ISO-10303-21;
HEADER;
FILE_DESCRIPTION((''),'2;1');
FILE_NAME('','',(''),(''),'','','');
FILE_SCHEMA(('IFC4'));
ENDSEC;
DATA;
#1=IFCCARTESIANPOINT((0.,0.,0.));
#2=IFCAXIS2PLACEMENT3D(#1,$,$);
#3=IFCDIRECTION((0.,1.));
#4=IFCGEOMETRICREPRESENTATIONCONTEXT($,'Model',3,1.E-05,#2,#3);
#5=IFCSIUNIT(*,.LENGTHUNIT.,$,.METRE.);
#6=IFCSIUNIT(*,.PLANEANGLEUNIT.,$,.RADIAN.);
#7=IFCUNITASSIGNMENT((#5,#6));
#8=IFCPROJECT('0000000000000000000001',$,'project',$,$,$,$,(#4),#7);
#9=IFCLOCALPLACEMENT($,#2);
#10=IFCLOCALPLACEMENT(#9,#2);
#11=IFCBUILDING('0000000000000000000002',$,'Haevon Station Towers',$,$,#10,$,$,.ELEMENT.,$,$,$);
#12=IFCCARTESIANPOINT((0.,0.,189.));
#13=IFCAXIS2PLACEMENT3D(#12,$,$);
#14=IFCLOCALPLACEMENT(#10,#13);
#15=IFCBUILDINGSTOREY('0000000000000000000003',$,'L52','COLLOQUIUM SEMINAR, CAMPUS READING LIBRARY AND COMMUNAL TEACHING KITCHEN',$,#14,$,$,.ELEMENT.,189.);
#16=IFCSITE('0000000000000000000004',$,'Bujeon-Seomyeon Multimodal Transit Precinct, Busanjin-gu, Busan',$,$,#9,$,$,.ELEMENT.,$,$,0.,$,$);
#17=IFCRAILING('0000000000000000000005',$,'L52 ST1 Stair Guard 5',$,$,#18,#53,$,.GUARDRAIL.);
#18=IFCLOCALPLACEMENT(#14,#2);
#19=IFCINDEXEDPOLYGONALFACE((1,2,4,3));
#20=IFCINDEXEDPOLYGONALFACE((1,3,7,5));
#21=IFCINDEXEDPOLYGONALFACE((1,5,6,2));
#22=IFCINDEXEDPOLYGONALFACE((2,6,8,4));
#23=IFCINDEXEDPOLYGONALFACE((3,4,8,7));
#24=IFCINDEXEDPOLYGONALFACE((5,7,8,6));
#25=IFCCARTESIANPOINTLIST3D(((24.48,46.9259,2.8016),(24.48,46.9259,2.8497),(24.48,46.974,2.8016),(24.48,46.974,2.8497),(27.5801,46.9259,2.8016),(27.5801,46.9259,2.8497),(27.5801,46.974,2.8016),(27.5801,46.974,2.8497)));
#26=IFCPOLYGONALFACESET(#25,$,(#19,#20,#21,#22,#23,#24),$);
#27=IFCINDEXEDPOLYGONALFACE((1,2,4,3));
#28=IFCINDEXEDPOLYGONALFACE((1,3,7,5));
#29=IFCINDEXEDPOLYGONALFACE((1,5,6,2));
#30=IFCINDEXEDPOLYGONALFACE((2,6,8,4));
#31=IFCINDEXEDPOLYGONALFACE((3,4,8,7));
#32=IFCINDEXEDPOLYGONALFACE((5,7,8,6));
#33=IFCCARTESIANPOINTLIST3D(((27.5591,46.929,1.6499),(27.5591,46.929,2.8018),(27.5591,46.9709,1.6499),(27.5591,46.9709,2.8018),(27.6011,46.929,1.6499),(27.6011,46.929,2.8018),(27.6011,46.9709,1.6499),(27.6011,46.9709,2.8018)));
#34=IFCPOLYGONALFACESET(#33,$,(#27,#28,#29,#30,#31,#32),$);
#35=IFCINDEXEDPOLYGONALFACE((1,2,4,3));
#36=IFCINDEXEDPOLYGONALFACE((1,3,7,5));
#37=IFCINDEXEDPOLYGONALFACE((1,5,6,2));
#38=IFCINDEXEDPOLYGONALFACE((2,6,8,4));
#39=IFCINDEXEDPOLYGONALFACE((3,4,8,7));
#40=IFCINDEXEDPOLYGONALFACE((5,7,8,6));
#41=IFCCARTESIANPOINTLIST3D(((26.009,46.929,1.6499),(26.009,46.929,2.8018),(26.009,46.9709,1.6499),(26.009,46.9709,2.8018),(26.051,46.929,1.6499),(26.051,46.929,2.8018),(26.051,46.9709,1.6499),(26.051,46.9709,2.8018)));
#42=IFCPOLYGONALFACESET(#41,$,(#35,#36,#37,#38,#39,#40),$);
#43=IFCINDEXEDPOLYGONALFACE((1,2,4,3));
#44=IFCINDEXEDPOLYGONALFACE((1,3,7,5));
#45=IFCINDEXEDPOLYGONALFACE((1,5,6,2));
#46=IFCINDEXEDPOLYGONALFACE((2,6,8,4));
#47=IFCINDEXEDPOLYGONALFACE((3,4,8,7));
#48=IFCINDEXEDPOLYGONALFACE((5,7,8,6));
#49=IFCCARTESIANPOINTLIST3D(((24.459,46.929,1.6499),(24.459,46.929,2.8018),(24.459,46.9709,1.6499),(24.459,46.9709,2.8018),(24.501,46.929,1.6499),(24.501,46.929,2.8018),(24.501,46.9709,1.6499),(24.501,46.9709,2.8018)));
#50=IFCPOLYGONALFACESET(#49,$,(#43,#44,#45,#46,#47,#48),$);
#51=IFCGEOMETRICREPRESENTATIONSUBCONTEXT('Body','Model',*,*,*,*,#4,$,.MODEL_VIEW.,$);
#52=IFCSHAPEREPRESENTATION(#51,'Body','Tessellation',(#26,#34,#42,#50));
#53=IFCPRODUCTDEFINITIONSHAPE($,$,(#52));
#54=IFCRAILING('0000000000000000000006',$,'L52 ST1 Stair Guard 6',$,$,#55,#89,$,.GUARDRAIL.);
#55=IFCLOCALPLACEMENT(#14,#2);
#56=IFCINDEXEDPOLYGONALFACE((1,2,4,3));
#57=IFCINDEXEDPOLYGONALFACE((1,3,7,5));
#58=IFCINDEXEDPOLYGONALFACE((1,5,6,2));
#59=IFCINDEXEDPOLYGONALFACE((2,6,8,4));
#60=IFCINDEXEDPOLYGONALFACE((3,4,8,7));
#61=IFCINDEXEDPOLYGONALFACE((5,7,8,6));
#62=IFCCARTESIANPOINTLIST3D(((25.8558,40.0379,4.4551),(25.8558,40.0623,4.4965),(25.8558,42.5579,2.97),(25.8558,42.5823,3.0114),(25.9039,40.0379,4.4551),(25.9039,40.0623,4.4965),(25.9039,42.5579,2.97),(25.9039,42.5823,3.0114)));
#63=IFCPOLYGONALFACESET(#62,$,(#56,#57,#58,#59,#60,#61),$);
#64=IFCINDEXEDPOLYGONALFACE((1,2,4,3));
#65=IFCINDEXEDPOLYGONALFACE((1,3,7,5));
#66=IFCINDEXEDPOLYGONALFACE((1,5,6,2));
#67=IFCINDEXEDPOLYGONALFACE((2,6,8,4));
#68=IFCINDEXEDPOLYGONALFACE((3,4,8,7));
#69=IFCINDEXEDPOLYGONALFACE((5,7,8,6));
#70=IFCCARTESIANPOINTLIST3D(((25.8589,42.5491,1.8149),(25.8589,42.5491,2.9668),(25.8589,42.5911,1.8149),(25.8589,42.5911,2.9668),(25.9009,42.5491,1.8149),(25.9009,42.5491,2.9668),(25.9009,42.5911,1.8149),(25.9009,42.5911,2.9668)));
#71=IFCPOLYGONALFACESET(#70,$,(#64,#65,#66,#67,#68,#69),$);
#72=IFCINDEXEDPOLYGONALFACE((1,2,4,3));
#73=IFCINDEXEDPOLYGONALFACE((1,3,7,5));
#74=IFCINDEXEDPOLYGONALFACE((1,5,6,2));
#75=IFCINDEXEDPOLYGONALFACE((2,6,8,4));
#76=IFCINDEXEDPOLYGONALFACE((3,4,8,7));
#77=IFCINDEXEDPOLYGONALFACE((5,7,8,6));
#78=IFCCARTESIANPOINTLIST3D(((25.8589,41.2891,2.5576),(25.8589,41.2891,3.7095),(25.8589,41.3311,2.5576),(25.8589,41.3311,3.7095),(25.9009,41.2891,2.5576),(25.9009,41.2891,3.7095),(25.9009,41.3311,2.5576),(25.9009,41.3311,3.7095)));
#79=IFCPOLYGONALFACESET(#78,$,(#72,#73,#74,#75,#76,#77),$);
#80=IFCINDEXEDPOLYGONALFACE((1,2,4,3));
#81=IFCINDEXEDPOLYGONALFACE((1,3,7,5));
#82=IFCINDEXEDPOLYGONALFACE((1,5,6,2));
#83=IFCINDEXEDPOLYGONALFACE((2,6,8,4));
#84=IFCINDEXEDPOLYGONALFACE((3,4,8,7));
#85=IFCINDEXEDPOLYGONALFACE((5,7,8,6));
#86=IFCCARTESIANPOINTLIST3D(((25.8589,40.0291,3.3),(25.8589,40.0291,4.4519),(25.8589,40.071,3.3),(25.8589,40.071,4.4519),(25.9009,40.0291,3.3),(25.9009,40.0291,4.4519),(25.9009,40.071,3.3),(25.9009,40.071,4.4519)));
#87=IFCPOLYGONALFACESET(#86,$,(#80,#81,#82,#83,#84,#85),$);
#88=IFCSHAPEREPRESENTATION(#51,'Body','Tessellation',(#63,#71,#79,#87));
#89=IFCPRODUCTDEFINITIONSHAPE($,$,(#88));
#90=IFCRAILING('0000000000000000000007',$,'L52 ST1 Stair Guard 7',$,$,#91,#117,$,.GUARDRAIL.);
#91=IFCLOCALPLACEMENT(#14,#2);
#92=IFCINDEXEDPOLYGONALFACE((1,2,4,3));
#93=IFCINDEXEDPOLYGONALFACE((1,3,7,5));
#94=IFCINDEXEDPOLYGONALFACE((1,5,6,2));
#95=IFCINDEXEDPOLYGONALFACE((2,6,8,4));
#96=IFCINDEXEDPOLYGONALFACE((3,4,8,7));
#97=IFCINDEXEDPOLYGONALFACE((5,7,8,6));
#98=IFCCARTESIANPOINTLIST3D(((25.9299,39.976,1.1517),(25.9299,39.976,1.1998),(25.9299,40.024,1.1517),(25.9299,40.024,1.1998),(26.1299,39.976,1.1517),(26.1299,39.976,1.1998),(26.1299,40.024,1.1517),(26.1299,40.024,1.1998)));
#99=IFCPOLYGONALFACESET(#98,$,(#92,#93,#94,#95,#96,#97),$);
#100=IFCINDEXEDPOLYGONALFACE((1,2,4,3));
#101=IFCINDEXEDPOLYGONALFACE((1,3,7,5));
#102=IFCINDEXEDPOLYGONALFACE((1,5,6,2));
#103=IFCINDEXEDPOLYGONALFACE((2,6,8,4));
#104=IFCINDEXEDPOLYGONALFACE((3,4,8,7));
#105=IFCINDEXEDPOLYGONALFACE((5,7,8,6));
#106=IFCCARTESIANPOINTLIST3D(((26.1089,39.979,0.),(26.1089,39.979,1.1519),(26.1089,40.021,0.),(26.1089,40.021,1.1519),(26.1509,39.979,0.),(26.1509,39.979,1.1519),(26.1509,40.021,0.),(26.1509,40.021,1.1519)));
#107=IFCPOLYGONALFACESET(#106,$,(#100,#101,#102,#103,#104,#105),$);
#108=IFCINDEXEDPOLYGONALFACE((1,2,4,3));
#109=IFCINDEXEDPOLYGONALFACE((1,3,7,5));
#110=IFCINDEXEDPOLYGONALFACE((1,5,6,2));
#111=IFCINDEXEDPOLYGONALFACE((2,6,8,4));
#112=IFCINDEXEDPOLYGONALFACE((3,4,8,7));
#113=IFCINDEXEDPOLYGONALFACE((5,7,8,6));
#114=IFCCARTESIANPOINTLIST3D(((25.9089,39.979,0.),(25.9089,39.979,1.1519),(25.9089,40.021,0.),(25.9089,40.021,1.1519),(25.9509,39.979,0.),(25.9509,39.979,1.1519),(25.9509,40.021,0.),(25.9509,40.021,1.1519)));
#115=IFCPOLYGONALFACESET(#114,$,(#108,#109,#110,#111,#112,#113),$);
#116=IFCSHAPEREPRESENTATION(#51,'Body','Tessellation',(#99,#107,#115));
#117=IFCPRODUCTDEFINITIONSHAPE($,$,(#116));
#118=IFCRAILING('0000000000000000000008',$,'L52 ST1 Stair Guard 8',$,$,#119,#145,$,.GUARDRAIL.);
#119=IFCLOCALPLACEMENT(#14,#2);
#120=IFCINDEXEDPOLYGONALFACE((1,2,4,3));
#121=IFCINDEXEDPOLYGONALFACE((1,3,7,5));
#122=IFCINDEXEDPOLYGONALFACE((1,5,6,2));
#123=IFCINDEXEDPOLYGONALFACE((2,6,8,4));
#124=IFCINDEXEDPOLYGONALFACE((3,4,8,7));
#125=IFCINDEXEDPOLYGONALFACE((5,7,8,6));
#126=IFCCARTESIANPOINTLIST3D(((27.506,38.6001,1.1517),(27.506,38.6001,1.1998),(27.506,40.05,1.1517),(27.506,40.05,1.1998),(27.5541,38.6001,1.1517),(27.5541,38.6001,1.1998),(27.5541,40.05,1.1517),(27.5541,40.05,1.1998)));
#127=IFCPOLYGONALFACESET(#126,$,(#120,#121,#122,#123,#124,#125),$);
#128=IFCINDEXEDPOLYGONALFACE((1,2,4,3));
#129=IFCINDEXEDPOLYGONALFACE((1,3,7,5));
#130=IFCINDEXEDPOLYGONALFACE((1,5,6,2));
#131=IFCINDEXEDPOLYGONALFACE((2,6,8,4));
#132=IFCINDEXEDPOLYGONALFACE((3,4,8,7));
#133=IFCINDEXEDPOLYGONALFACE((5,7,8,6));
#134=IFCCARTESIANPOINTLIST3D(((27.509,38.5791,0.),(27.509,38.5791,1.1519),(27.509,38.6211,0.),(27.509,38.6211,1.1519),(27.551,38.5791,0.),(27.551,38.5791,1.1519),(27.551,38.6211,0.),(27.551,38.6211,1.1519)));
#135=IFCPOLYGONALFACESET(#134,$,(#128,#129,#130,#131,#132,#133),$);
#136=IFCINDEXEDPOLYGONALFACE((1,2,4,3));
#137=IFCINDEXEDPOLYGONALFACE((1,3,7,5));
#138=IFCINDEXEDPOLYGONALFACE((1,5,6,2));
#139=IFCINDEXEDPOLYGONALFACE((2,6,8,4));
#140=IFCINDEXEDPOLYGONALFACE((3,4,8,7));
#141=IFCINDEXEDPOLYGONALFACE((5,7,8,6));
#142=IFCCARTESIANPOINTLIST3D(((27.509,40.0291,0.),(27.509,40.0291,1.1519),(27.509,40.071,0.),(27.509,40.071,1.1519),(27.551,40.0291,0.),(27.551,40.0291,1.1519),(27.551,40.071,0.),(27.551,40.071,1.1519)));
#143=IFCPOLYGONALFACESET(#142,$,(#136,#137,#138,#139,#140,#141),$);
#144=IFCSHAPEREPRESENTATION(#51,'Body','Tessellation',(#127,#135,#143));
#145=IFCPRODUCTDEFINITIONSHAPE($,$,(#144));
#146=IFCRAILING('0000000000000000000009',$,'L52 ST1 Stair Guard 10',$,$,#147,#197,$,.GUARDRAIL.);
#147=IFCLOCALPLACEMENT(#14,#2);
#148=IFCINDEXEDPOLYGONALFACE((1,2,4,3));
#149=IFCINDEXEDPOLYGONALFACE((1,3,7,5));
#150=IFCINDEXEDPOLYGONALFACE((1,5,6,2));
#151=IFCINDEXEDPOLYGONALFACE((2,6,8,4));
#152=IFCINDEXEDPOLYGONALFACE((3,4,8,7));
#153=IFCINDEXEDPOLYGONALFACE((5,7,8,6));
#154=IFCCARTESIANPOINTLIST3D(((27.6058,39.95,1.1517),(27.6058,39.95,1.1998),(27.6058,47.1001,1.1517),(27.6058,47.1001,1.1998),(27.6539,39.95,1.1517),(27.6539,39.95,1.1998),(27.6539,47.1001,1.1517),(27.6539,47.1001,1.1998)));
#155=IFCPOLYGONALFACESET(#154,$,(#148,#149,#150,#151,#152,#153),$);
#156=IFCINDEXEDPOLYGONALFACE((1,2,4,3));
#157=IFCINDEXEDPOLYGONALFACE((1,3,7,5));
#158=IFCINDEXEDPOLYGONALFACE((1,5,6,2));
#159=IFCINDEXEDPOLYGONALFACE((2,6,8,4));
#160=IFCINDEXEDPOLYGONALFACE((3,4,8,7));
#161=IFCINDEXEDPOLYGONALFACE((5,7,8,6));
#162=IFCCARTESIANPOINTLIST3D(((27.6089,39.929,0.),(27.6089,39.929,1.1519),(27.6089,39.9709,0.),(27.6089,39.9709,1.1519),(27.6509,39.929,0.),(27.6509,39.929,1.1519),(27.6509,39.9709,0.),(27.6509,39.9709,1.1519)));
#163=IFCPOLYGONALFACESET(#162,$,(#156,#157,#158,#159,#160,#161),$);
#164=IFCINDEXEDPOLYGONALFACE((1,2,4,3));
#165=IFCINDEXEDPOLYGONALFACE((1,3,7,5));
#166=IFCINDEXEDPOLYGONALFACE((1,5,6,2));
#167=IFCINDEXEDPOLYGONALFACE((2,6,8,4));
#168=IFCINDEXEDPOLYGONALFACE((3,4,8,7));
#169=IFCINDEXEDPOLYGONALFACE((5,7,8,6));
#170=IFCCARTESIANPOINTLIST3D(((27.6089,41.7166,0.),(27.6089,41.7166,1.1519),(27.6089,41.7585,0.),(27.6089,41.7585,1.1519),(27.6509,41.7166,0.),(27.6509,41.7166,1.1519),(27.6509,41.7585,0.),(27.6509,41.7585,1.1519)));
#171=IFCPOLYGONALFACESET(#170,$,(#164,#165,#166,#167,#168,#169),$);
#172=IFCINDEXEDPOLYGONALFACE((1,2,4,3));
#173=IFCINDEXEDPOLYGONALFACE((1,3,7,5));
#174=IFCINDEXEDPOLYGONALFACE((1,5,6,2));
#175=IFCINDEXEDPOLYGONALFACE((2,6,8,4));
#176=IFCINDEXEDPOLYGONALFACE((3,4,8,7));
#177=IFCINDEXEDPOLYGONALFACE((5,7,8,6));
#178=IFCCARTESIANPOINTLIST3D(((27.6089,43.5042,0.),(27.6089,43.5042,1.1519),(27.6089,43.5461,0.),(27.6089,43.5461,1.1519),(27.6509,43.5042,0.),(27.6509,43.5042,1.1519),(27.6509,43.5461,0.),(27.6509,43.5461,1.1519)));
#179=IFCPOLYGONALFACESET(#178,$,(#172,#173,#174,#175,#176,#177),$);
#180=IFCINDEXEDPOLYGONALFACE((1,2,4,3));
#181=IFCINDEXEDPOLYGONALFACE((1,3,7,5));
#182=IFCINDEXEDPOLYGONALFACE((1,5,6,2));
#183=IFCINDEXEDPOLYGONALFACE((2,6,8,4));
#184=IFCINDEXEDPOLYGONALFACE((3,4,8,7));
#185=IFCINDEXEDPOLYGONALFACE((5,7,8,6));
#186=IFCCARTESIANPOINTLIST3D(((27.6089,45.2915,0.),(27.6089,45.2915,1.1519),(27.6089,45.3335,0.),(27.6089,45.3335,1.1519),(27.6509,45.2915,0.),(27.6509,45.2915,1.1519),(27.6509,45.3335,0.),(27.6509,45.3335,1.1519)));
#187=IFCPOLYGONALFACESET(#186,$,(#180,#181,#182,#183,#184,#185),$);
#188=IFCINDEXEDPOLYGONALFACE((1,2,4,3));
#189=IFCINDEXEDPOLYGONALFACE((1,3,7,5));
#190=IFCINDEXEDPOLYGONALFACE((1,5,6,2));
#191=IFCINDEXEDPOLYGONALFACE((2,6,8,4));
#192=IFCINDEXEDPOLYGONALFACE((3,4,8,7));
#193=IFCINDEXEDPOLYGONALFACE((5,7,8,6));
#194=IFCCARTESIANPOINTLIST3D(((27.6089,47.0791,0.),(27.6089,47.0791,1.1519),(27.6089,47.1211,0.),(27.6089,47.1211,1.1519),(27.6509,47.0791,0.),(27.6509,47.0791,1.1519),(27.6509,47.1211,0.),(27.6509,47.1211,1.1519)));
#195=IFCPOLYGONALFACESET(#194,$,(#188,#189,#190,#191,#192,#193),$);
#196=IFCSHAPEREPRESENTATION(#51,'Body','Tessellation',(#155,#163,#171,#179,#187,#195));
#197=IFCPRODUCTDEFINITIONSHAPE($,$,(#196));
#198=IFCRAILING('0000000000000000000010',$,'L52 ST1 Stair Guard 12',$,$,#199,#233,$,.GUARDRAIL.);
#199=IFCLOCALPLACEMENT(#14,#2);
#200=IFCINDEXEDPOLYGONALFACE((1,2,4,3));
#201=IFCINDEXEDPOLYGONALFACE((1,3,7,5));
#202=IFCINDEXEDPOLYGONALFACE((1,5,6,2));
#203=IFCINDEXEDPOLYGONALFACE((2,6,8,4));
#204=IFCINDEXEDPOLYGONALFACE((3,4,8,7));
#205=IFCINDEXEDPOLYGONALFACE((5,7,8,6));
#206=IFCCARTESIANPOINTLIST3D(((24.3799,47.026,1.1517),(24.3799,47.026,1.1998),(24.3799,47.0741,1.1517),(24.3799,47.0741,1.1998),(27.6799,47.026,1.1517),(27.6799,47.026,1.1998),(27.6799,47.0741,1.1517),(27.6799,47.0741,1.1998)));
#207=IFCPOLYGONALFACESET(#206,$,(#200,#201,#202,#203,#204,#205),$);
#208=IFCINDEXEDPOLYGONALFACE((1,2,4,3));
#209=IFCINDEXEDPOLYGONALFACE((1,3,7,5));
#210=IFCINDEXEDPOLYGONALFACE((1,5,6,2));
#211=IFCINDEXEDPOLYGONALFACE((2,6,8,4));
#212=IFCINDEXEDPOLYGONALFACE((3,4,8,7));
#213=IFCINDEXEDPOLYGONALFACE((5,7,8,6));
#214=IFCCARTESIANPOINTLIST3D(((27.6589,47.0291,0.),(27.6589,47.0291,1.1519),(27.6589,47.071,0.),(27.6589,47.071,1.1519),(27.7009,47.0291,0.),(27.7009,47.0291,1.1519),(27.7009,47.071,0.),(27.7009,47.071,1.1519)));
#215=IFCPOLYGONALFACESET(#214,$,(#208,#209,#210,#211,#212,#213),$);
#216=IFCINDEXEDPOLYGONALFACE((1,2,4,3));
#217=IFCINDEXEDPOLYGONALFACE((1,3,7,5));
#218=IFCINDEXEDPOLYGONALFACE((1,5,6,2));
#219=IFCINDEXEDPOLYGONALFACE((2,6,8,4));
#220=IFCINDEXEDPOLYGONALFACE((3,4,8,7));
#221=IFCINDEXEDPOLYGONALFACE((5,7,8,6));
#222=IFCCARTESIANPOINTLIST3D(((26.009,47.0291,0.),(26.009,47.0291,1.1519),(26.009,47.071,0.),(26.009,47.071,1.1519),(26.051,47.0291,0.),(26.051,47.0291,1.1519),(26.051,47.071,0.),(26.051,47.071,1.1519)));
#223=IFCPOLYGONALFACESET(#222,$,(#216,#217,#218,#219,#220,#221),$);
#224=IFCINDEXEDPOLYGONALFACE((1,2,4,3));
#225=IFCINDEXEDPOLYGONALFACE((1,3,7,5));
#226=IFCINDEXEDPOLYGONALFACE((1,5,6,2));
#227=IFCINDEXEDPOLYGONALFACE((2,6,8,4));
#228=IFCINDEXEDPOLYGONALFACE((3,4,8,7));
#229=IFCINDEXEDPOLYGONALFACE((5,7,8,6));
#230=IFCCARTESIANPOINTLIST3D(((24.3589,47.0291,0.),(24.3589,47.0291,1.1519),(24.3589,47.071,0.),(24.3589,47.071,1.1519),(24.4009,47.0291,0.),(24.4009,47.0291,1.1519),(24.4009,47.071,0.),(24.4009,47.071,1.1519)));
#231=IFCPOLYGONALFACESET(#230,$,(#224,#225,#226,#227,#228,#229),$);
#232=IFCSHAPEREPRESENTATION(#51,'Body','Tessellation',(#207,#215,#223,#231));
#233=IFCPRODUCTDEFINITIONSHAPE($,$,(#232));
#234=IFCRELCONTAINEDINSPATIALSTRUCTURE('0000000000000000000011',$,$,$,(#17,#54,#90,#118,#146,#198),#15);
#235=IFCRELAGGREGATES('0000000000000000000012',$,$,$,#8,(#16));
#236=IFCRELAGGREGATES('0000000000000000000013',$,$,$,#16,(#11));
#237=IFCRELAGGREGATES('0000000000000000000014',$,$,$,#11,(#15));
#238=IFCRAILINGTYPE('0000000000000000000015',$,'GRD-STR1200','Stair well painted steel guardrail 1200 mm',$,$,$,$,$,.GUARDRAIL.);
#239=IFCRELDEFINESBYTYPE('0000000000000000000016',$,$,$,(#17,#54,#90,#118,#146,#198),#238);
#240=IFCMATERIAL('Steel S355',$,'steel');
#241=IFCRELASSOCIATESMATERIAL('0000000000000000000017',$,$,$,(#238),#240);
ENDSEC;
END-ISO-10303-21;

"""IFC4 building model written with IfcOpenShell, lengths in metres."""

from ifc_helpers import new_model, si_unit, direction, frame, origin, origin_2d, place, context, subcontext, project, spatial, rectangle, extrude, material, type_object, element, save


model = new_model("IFC4")

# Units and contexts
model_context = context("Model", 3, precision=1e-05, world=origin(), true_north=direction((0.0, 1.0)))
body_context = subcontext(model_context, "Body", "Model", "MODEL_VIEW")
ifc_project = project(units=[si_unit("LENGTHUNIT", "METRE"), si_unit("PLANEANGLEUNIT", "RADIAN")], contexts=[model_context])

# Site, building, storey
site_placement = place(None, origin())
site = spatial("IfcSite", under=ifc_project, at=site_placement, Name="Bujeon-Seomyeon Multimodal Transit Precinct, Busanjin-gu, Busan", CompositionType="ELEMENT", RefElevation=0.0)
building_placement = place(site_placement, origin())
building = spatial("IfcBuilding", under=site, at=building_placement, Name="Haevon Station Towers", CompositionType="ELEMENT")
storey_placement = place(building_placement, frame((0.0, 0.0, 189.0)))
storey = spatial("IfcBuildingStorey", under=building, at=storey_placement, Name="L52", Description="COLLOQUIUM SEMINAR, CAMPUS READING LIBRARY AND COMMUNAL TEACHING KITCHEN", CompositionType="ELEMENT", Elevation=189.0)

# Shared definitions
ifc_material_1 = material(Name="Steel S355", Category="steel")

# Railings
railing_type_1 = type_object("IfcRailingType", Name="GRD-STR1200", Description="Stair well painted steel guardrail 1200 mm", PredefinedType="GUARDRAIL", material=ifc_material_1)
railing_1_placement = place(storey_placement, frame((27.5801, 46.95, 1.6499)))
element("IfcRailing", 1, at=railing_1_placement, inside=storey, type_object=railing_type_1, Name="L52 ST1 Stair Guard 5", PredefinedType="GUARDRAIL", context=body_context, shape_type="SweptSolid", body=[
    extrude(rectangle(XDim=0.0481, YDim=0.0481, at=origin_2d()), frame((0.0, 0.0, 1.1758), z_axis=(-1.0, 0.0, 0.0), x_axis=(0.0, -1.0, 0.0)), (0.0, 0.0, 1.0), 3.1001),
    extrude(rectangle(XDim=0.042, YDim=0.042, at=origin_2d()), origin(), (0.0, 0.0, 1.0), 1.1519),
    extrude(rectangle(XDim=0.042, YDim=0.042, at=origin_2d()), frame((-1.55, 0.0, 0.0)), (0.0, 0.0, 1.0), 1.1519),
    extrude(rectangle(XDim=0.042, YDim=0.042, at=origin_2d()), frame((-3.1001, 0.0, 0.0)), (0.0, 0.0, 1.0), 1.1519),
])
railing_2_placement = place(storey_placement, frame((25.8799, 42.5701, 1.8149)))
element("IfcRailing", 2, at=railing_2_placement, inside=storey, type_object=railing_type_1, Name="L52 ST1 Stair Guard 6", PredefinedType="GUARDRAIL", context=body_context, shape_type="SweptSolid", body=[
    extrude(rectangle(XDim=0.0481, YDim=0.0481, at=origin_2d()), frame((0.0, 0.0, 1.1758), z_axis=(0.0, -0.861524, 0.507717), x_axis=(1.0, 0.0, 0.0)), (0.0, 0.0, 1.0), 2.925),
    extrude(rectangle(XDim=0.042, YDim=0.042, at=origin_2d()), origin(), (0.0, 0.0, 1.0), 1.1519),
    extrude(rectangle(XDim=0.042, YDim=0.042, at=origin_2d()), frame((0.0, -1.26, 0.7427)), (0.0, 0.0, 1.0), 1.1519),
    extrude(rectangle(XDim=0.042, YDim=0.042, at=origin_2d()), frame((0.0, -2.52, 1.4851)), (0.0, 0.0, 1.0), 1.1519),
])
railing_3_placement = place(storey_placement, frame((26.1299, 40.0, 0.0)))
element("IfcRailing", 3, at=railing_3_placement, inside=storey, type_object=railing_type_1, Name="L52 ST1 Stair Guard 7", PredefinedType="GUARDRAIL", context=body_context, shape_type="SweptSolid", body=[
    extrude(rectangle(XDim=0.0481, YDim=0.0481, at=origin_2d()), frame((0.0, 0.0, 1.1758), z_axis=(-1.0, 0.0, 0.0), x_axis=(0.0, -1.0, 0.0)), (0.0, 0.0, 1.0), 0.2),
    extrude(rectangle(XDim=0.042, YDim=0.042, at=origin_2d()), origin(), (0.0, 0.0, 1.0), 1.1519),
    extrude(rectangle(XDim=0.042, YDim=0.042, at=origin_2d()), frame((-0.2, 0.0, 0.0)), (0.0, 0.0, 1.0), 1.1519),
])
railing_4_placement = place(storey_placement, frame((27.53, 38.6001, 0.0)))
element("IfcRailing", 4, at=railing_4_placement, inside=storey, type_object=railing_type_1, Name="L52 ST1 Stair Guard 8", PredefinedType="GUARDRAIL", context=body_context, shape_type="SweptSolid", body=[
    extrude(rectangle(XDim=0.0481, YDim=0.0481, at=origin_2d()), frame((0.0, 0.0, 1.1758), z_axis=(0.0, 1.0, 0.0), x_axis=(-1.0, 0.0, 0.0)), (0.0, 0.0, 1.0), 1.45),
    extrude(rectangle(XDim=0.042, YDim=0.042, at=origin_2d()), origin(), (0.0, 0.0, 1.0), 1.1519),
    extrude(rectangle(XDim=0.042, YDim=0.042, at=origin_2d()), frame((0.0, 1.45, 0.0)), (0.0, 0.0, 1.0), 1.1519),
])
railing_5_placement = place(storey_placement, frame((27.6299, 39.95, 0.0)))
element("IfcRailing", 5, at=railing_5_placement, inside=storey, type_object=railing_type_1, Name="L52 ST1 Stair Guard 10", PredefinedType="GUARDRAIL", context=body_context, shape_type="SweptSolid", body=[
    extrude(rectangle(XDim=0.0481, YDim=0.0481, at=origin_2d()), frame((0.0, 0.0, 1.1758), z_axis=(0.0, 1.0, 0.0), x_axis=(-1.0, 0.0, 0.0)), (0.0, 0.0, 1.0), 7.1501),
    extrude(rectangle(XDim=0.042, YDim=0.042, at=origin_2d()), origin(), (0.0, 0.0, 1.0), 1.1519),
    extrude(rectangle(XDim=0.042, YDim=0.042, at=origin_2d()), frame((0.0, 1.7876, 0.0)), (0.0, 0.0, 1.0), 1.1519),
    extrude(rectangle(XDim=0.042, YDim=0.042, at=origin_2d()), frame((0.0, 3.5752, 0.0)), (0.0, 0.0, 1.0), 1.1519),
    extrude(rectangle(XDim=0.042, YDim=0.042, at=origin_2d()), frame((0.0, 5.3625, 0.0)), (0.0, 0.0, 1.0), 1.1519),
    extrude(rectangle(XDim=0.042, YDim=0.042, at=origin_2d()), frame((0.0, 7.1501, 0.0)), (0.0, 0.0, 1.0), 1.1519),
])
railing_6_placement = place(storey_placement, frame((27.6799, 47.05, 0.0)))
element("IfcRailing", 6, at=railing_6_placement, inside=storey, type_object=railing_type_1, Name="L52 ST1 Stair Guard 12", PredefinedType="GUARDRAIL", context=body_context, shape_type="SweptSolid", body=[
    extrude(rectangle(XDim=0.0481, YDim=0.0481, at=origin_2d()), frame((0.0, 0.0, 1.1758), z_axis=(-1.0, 0.0, 0.0), x_axis=(0.0, -1.0, 0.0)), (0.0, 0.0, 1.0), 3.3),
    extrude(rectangle(XDim=0.042, YDim=0.042, at=origin_2d()), origin(), (0.0, 0.0, 1.0), 1.1519),
    extrude(rectangle(XDim=0.042, YDim=0.042, at=origin_2d()), frame((-1.6499, 0.0, 0.0)), (0.0, 0.0, 1.0), 1.1519),
    extrude(rectangle(XDim=0.042, YDim=0.042, at=origin_2d()), frame((-3.3, 0.0, 0.0)), (0.0, 0.0, 1.0), 1.1519),
])

save(model, "model.ifc")
